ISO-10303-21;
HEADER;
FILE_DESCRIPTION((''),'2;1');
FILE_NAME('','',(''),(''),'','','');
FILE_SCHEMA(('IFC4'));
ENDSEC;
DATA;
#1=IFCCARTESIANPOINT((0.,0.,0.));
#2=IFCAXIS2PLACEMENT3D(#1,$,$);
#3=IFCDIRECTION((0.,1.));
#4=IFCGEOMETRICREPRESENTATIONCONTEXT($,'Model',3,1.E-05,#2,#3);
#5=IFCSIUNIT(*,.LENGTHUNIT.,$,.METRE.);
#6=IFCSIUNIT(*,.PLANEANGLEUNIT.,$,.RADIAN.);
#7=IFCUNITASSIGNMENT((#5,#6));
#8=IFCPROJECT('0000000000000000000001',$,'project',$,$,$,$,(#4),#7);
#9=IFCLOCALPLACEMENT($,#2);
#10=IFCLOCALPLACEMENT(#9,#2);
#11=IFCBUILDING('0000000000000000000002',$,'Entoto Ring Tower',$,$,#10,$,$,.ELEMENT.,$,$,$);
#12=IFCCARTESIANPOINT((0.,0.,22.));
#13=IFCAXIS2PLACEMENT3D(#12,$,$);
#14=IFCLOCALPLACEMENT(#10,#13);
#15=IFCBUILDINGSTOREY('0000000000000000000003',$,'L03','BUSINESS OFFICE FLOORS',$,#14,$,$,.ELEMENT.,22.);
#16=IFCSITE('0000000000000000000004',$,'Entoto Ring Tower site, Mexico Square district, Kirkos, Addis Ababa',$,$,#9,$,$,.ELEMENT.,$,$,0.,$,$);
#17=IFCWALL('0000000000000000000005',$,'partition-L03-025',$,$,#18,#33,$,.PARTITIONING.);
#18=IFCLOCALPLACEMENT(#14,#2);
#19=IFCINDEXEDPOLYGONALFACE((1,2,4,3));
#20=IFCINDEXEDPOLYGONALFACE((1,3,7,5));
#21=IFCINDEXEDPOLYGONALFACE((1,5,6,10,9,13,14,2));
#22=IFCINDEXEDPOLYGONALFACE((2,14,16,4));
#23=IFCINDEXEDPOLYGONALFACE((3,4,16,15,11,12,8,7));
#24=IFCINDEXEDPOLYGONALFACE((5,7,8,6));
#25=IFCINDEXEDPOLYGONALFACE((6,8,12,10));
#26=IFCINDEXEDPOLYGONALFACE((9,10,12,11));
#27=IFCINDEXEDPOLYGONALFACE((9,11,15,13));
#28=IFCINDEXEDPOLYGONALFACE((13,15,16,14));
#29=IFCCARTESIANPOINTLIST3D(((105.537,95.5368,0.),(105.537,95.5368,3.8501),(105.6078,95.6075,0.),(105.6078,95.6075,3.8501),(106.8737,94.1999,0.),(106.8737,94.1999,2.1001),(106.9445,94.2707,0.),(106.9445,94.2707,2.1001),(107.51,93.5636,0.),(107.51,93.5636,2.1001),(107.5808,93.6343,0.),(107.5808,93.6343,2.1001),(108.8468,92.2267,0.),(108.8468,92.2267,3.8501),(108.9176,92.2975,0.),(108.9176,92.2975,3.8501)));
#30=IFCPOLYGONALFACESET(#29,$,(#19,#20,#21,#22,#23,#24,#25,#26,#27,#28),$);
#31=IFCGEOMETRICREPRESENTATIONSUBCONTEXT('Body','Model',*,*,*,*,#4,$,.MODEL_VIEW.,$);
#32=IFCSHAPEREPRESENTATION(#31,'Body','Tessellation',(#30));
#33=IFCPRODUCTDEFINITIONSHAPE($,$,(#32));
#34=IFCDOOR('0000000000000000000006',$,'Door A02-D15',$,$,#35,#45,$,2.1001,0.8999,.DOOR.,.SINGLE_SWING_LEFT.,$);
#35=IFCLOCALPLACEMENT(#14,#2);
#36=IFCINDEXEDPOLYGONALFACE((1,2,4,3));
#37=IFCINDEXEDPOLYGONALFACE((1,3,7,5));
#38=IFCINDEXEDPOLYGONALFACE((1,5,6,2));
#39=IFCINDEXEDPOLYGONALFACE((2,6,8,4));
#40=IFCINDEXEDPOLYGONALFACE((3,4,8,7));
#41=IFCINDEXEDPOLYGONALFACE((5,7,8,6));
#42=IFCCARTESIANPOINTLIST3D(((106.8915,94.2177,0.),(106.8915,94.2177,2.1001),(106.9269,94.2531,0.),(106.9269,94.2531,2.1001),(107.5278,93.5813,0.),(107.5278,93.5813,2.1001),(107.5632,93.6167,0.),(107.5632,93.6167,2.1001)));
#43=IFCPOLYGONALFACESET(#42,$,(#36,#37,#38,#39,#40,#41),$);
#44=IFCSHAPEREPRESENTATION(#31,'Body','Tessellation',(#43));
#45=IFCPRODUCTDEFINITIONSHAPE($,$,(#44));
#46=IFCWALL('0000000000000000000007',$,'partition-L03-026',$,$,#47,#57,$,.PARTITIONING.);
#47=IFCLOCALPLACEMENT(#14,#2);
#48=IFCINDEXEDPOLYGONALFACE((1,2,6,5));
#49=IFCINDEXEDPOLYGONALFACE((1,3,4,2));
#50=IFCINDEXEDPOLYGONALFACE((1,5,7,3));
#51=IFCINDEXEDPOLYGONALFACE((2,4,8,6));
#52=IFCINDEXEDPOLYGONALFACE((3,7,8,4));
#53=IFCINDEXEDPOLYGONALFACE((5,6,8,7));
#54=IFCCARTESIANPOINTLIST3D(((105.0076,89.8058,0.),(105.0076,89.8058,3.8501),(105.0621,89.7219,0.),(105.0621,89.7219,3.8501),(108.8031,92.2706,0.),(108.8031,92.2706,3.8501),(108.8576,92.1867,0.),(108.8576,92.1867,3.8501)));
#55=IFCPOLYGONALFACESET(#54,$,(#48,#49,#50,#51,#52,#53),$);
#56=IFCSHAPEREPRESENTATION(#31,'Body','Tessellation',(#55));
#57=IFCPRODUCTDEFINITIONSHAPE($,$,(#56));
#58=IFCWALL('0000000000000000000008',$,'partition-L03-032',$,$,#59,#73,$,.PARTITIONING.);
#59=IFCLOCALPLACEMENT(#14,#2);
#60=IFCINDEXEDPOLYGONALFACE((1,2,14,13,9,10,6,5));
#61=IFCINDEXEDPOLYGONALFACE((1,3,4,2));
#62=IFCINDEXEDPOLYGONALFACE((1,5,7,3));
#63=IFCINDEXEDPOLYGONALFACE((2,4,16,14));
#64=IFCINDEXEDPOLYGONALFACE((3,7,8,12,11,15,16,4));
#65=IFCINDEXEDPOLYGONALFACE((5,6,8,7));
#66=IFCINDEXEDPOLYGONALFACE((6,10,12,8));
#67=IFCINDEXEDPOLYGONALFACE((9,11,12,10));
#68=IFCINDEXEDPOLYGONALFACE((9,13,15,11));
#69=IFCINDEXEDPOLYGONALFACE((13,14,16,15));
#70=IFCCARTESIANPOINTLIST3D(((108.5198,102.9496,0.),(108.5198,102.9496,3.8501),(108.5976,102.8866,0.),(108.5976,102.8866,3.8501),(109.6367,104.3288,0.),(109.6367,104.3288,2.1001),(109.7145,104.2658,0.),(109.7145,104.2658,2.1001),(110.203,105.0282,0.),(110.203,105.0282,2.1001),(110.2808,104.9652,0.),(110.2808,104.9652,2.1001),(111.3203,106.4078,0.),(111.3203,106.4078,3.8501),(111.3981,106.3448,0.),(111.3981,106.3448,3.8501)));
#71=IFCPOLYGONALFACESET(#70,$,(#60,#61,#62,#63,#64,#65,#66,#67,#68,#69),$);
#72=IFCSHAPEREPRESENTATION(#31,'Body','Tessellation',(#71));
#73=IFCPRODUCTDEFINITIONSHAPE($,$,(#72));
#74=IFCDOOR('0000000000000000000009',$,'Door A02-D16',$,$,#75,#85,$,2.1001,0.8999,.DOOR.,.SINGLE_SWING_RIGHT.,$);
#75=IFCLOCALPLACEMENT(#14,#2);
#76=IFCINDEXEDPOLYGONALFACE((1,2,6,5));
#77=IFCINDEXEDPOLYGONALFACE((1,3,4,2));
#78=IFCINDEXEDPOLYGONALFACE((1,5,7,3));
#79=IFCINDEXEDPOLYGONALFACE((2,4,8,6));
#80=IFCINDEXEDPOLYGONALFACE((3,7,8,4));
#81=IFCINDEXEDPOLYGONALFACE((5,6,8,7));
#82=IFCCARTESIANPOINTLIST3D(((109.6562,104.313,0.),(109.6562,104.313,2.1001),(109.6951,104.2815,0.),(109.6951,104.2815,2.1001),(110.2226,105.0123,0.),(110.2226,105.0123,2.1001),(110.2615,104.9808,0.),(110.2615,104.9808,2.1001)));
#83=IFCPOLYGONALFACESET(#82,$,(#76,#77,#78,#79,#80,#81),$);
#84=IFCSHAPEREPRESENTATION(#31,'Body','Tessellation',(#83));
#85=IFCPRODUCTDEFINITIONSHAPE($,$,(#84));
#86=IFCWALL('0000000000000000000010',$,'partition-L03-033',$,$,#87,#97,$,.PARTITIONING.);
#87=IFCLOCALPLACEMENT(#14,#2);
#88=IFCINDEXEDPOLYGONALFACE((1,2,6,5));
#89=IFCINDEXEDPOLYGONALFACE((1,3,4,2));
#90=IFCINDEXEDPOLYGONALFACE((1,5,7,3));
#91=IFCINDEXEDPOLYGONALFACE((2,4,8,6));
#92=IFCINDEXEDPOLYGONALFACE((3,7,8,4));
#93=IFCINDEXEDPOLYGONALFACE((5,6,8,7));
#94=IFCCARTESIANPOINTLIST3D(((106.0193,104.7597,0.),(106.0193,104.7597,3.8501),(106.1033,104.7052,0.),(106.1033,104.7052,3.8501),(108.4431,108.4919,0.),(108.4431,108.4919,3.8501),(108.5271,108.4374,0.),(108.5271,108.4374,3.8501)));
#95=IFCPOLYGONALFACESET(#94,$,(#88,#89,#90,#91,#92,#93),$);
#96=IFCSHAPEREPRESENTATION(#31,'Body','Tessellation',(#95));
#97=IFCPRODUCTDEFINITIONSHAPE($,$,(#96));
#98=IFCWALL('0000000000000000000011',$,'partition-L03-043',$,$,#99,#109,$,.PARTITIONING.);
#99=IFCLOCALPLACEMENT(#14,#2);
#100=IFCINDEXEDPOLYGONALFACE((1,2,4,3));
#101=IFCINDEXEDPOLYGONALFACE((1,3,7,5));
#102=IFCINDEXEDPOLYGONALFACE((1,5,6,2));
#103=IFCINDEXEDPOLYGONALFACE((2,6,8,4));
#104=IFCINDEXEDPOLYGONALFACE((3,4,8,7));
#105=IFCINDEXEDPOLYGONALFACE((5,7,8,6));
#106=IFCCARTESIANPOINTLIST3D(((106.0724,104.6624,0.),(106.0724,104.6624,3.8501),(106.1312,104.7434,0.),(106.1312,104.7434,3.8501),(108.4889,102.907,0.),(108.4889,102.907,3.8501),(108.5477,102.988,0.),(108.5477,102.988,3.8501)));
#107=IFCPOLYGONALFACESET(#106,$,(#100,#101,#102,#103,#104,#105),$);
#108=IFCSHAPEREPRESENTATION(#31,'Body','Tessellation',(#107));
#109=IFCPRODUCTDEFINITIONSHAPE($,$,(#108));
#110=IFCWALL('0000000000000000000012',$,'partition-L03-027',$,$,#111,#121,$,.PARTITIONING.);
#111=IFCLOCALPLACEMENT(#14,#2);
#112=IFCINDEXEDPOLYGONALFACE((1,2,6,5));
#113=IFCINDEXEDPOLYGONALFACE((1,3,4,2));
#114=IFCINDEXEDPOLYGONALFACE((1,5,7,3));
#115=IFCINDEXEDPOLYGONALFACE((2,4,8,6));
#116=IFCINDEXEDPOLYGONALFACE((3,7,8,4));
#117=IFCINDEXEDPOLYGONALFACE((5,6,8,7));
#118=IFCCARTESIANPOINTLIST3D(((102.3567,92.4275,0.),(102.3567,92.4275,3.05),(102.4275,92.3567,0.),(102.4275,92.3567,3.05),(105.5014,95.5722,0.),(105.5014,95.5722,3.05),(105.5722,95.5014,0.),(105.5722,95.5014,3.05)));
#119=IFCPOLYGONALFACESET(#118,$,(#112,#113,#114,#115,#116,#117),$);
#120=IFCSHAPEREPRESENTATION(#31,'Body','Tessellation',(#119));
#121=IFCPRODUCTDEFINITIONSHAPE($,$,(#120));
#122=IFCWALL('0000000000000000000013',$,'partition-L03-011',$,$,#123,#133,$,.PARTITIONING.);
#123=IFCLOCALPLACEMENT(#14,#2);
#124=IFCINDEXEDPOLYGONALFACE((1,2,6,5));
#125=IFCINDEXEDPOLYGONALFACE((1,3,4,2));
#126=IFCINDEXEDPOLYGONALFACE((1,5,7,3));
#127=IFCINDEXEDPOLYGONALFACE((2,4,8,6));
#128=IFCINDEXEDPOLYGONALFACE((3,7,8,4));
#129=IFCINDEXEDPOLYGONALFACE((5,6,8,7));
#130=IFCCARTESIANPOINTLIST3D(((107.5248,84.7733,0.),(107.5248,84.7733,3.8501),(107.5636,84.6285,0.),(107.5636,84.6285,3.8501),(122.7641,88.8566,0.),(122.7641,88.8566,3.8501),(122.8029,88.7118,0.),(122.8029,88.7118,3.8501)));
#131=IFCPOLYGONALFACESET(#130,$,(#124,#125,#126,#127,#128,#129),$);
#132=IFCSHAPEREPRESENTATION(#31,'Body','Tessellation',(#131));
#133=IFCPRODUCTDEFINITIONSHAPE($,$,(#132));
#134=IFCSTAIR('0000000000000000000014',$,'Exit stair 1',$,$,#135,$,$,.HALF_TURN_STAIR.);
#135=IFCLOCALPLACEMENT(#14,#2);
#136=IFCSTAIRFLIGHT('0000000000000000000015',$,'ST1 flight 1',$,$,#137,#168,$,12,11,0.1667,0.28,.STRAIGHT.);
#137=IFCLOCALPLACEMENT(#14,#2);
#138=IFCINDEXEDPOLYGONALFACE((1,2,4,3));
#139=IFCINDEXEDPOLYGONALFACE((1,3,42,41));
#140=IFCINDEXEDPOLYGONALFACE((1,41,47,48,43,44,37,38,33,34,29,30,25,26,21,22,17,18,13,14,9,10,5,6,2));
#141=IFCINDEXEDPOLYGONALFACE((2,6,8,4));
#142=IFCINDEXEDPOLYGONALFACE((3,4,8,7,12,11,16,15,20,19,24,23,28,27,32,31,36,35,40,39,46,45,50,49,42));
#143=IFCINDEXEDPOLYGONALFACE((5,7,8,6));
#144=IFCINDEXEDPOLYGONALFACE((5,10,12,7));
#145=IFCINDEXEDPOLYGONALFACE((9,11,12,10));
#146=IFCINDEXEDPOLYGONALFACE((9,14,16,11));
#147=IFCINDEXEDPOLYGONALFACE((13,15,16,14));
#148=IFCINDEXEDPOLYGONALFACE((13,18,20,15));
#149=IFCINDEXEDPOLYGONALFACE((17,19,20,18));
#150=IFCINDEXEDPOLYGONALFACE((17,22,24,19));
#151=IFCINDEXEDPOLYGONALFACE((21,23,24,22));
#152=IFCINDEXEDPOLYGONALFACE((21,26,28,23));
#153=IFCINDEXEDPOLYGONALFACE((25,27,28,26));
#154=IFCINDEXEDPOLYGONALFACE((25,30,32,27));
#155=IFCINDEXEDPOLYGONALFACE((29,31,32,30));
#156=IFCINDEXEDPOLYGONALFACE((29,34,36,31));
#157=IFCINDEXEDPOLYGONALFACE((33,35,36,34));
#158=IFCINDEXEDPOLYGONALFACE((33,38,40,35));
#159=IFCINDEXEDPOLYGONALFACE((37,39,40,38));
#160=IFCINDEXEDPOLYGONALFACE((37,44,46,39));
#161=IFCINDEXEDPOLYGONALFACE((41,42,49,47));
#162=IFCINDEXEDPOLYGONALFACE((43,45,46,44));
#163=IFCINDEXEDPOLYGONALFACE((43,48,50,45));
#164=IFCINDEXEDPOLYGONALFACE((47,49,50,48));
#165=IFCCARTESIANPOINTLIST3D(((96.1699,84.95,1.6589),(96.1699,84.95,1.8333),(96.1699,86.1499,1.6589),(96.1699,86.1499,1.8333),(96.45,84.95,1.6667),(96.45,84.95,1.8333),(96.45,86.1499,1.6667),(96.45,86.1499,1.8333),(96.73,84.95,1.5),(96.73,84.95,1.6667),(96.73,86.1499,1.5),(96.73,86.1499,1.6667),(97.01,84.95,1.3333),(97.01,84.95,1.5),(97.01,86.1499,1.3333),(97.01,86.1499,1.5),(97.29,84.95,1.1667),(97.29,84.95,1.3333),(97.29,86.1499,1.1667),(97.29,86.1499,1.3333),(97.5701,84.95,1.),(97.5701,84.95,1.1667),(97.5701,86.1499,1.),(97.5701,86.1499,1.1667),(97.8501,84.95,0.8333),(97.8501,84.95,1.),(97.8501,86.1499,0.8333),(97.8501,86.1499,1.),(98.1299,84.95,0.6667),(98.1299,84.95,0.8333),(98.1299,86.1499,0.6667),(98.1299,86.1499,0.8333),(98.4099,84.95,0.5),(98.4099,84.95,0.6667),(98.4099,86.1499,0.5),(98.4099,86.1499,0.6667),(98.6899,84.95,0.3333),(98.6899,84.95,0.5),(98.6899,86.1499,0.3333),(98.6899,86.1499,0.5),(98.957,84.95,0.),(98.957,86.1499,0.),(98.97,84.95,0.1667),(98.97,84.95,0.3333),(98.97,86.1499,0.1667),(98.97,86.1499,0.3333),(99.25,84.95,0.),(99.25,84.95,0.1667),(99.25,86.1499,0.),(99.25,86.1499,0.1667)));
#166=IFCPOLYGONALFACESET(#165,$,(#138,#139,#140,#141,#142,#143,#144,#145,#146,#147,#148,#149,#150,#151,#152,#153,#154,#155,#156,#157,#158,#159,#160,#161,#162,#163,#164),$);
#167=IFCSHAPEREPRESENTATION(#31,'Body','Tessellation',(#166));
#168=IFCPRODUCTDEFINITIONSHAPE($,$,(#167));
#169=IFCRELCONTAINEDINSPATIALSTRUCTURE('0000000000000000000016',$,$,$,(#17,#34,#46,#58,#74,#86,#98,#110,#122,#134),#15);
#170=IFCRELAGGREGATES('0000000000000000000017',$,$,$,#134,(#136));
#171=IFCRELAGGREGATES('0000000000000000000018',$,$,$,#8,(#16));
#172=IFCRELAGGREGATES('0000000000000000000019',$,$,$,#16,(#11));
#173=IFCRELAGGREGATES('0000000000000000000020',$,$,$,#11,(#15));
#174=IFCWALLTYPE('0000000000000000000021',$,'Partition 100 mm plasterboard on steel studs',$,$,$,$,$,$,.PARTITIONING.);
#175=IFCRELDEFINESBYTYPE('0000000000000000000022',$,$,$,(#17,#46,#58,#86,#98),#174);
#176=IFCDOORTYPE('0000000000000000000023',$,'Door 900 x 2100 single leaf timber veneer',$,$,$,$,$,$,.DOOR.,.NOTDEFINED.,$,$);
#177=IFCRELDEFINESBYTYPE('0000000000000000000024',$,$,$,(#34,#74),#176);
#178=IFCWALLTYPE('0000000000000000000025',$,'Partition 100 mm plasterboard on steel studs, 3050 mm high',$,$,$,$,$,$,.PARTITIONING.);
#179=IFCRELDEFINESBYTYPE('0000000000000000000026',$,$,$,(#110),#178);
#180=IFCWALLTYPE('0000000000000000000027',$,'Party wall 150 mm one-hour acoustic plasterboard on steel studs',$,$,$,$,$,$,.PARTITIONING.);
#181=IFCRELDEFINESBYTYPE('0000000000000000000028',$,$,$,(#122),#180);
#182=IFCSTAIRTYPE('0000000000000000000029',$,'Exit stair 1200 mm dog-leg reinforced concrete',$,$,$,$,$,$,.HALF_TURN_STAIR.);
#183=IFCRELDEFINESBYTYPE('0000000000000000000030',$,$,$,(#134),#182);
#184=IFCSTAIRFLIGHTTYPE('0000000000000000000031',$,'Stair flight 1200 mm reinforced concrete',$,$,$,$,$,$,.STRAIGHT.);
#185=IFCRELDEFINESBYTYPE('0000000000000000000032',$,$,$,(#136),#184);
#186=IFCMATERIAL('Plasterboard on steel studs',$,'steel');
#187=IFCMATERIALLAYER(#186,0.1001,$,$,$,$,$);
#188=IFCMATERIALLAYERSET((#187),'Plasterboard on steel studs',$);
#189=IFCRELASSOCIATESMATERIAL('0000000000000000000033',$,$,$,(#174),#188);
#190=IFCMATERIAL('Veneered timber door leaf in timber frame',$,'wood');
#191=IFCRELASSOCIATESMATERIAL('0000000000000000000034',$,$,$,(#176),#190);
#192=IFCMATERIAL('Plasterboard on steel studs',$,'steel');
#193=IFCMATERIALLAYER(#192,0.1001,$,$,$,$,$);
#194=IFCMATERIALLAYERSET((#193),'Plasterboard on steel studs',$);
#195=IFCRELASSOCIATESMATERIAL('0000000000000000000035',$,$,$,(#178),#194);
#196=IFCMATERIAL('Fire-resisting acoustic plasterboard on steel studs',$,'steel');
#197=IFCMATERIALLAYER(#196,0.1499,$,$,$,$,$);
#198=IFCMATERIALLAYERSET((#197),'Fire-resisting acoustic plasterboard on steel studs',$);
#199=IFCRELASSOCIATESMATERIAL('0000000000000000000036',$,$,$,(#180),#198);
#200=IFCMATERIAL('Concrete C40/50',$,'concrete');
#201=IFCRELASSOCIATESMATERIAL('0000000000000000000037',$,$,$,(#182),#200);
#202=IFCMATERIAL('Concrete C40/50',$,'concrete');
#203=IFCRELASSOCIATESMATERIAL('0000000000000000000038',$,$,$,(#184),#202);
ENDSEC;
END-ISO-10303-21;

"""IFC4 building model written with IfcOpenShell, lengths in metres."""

from ifc_helpers import new_model, si_unit, direction, frame, frame_2d, origin, place, context, subcontext, project, spatial, polyline, rectangle, outline, extrude, material, layer, layer_set, type_object, element, fill, aggregate, save


model = new_model("IFC4")

# Units and contexts
model_context = context("Model", 3, precision=1e-05, world=origin(), true_north=direction((0.0, 1.0)))
body_context = subcontext(model_context, "Body", "Model", "MODEL_VIEW")
ifc_project = project(units=[si_unit("LENGTHUNIT", "METRE"), si_unit("PLANEANGLEUNIT", "RADIAN")], contexts=[model_context])

# Site, building, storey
site_placement = place(None, origin())
site = spatial("IfcSite", under=ifc_project, at=site_placement, Name="Entoto Ring Tower site, Mexico Square district, Kirkos, Addis Ababa", CompositionType="ELEMENT", RefElevation=0.0)
building_placement = place(site_placement, origin())
building = spatial("IfcBuilding", under=site, at=building_placement, Name="Entoto Ring Tower", CompositionType="ELEMENT")
storey_placement = place(building_placement, frame((0.0, 0.0, 22.0)))
storey = spatial("IfcBuildingStorey", under=building, at=storey_placement, Name="L03", Description="BUSINESS OFFICE FLOORS", CompositionType="ELEMENT", Elevation=22.0)

# Wall, opening, door
ifc_material_1 = material(Name="Plasterboard on steel studs", Category="steel")
ifc_layer_1 = layer(ifc_material_1, 0.1001)
ifc_layer_set_1 = layer_set([ifc_layer_1], Name="Plasterboard on steel studs")
wall_type_1 = type_object("IfcWallType", Name="Partition 100 mm plasterboard on steel studs", PredefinedType="PARTITIONING", material=ifc_layer_set_1)
wall_1_placement = place(storey_placement, frame((108.8821, 92.2622, 0.0), z_axis=(0.0, 0.0, 1.0), x_axis=(-0.707081, 0.707133, 0.0)))
wall_1 = element("IfcWall", 1, at=wall_1_placement, inside=storey, type_object=wall_type_1, Name="partition-L03-025", PredefinedType="PARTITIONING", context=body_context, shape_type="SweptSolid", body=[
    extrude(rectangle(XDim=4.6809, YDim=0.1001, at=frame_2d((2.3403, 0.0))), origin(), (0.0, 0.0, 1.0), 3.8501),
])
opening_1_placement = place(wall_1_placement, frame((1.8904, 0.0, 0.0)))
opening_1 = element("IfcOpeningElement", 2, at=opening_1_placement, cuts=wall_1, PredefinedType="OPENING", context=body_context, shape_type="SweptSolid", body=[
    extrude(rectangle(XDim=0.8999, YDim=2.1001, at=frame_2d((0.45, 1.05))), frame((0.0, 0.0601, 0.0), z_axis=(0.0, -1.0, 0.0), x_axis=(1.0, 0.0, 0.0)), (0.0, 0.0, 1.0), 0.1201),
])
ifc_material_2 = material(Name="Veneered timber door leaf in timber frame", Category="wood")
door_type_1 = type_object("IfcDoorType", Name="Door 900 x 2100 single leaf timber veneer", OperationType="NOTDEFINED", PredefinedType="DOOR", material=ifc_material_2)
door_1_placement = place(opening_1_placement, origin())
door_1 = element("IfcDoor", 3, at=door_1_placement, inside=storey, type_object=door_type_1, Name="Door A02-D15", OperationType="SINGLE_SWING_LEFT", OverallHeight=2.1001, OverallWidth=0.8999, PredefinedType="DOOR", context=body_context, shape_type="SweptSolid", body=[
    extrude(rectangle(XDim=0.8999, YDim=2.1001, at=frame_2d((0.45, 1.05))), frame((0.0, 0.0249, 0.0), z_axis=(0.0, -1.0, 0.0), x_axis=(1.0, 0.0, 0.0)), (0.0, 0.0, 1.0), 0.05),
])
fill(opening_1, door_1)

# Wall
wall_2_placement = place(storey_placement, frame((105.0349, 89.7639, 0.0), z_axis=(0.0, 0.0, 1.0), x_axis=(0.838679, 0.544626, 0.0)))
element("IfcWall", 4, at=wall_2_placement, inside=storey, type_object=wall_type_1, Name="partition-L03-026", PredefinedType="PARTITIONING", context=body_context, shape_type="SweptSolid", body=[
    extrude(rectangle(XDim=4.5256, YDim=0.1001, at=frame_2d((2.2627, 0.0))), origin(), (0.0, 0.0, 1.0), 3.8501),
])

# Wall, opening, door
wall_3_placement = place(storey_placement, frame((108.5586, 102.918, 0.0), z_axis=(0.0, 0.0, 1.0), x_axis=(0.629334, 0.777135, 0.0)))
wall_3 = element("IfcWall", 5, at=wall_3_placement, inside=storey, type_object=wall_type_1, Name="partition-L03-032", PredefinedType="PARTITIONING", context=body_context, shape_type="SweptSolid", body=[
    extrude(rectangle(XDim=4.45, YDim=0.1001, at=frame_2d((2.2251, 0.0))), origin(), (0.0, 0.0, 1.0), 3.8501),
])
opening_2_placement = place(wall_3_placement, frame((1.7749, 0.0, 0.0)))
opening_2 = element("IfcOpeningElement", 6, at=opening_2_placement, cuts=wall_3, PredefinedType="OPENING", context=body_context, shape_type="SweptSolid", body=[
    extrude(rectangle(XDim=0.8999, YDim=2.1001, at=frame_2d((0.45, 1.05))), frame((0.0, 0.0601, 0.0), z_axis=(0.0, -1.0, 0.0), x_axis=(1.0, 0.0, 0.0)), (0.0, 0.0, 1.0), 0.1201),
])
door_2_placement = place(opening_2_placement, origin())
door_2 = element("IfcDoor", 7, at=door_2_placement, inside=storey, type_object=door_type_1, Name="Door A02-D16", OperationType="SINGLE_SWING_RIGHT", OverallHeight=2.1001, OverallWidth=0.8999, PredefinedType="DOOR", context=body_context, shape_type="SweptSolid", body=[
    extrude(rectangle(XDim=0.8999, YDim=2.1001, at=frame_2d((0.45, 1.05))), frame((0.0, 0.0249, 0.0), z_axis=(0.0, -1.0, 0.0), x_axis=(1.0, 0.0, 0.0)), (0.0, 0.0, 1.0), 0.05),
])
fill(opening_2, door_2)

# Walls
wall_4_placement = place(storey_placement, frame((106.0613, 104.7324, 0.0), z_axis=(0.0, 0.0, 1.0), x_axis=(0.544659, 0.838658, 0.0)))
element("IfcWall", 8, at=wall_4_placement, inside=storey, type_object=wall_type_1, Name="partition-L03-033", PredefinedType="PARTITIONING", context=body_context, shape_type="SweptSolid", body=[
    extrude(rectangle(XDim=4.4502, YDim=0.1001, at=frame_2d((2.2251, 0.0))), origin(), (0.0, 0.0, 1.0), 3.8501),
])
wall_5_placement = place(storey_placement, frame((108.5183, 102.9475, 0.0), z_axis=(0.0, 0.0, 1.0), x_axis=(-0.809068, 0.587715, 0.0)))
element("IfcWall", 9, at=wall_5_placement, inside=storey, type_object=wall_type_1, Name="partition-L03-043", PredefinedType="PARTITIONING", context=body_context, shape_type="SweptSolid", body=[
    extrude(rectangle(XDim=2.9868, YDim=0.1001, at=frame_2d((1.4934, 0.0))), origin(), (0.0, 0.0, 1.0), 3.8501),
])
ifc_material_3 = material(Name="Plasterboard on steel studs", Category="steel")
ifc_layer_2 = layer(ifc_material_3, 0.1001)
ifc_layer_set_2 = layer_set([ifc_layer_2], Name="Plasterboard on steel studs")
wall_type_2 = type_object("IfcWallType", Name="Partition 100 mm plasterboard on steel studs, 3050 mm high", PredefinedType="PARTITIONING", material=ifc_layer_set_2)
wall_6_placement = place(storey_placement, frame((102.3921, 92.3921, 0.0), z_axis=(0.0, 0.0, 1.0), x_axis=(0.707107, 0.707107, 0.0)))
element("IfcWall", 10, at=wall_6_placement, inside=storey, type_object=wall_type_2, Name="partition-L03-027", PredefinedType="PARTITIONING", context=body_context, shape_type="SweptSolid", body=[
    extrude(rectangle(XDim=4.4473, YDim=0.1001, at=frame_2d((2.2236, 0.0))), origin(), (0.0, 0.0, 1.0), 3.05),
])
ifc_material_4 = material(Name="Fire-resisting acoustic plasterboard on steel studs", Category="steel")
ifc_layer_3 = layer(ifc_material_4, 0.1499)
ifc_layer_set_3 = layer_set([ifc_layer_3], Name="Fire-resisting acoustic plasterboard on steel studs")
wall_type_3 = type_object("IfcWallType", Name="Party wall 150 mm one-hour acoustic plasterboard on steel studs", PredefinedType="PARTITIONING", material=ifc_layer_set_3)
wall_7_placement = place(storey_placement, frame((107.5442, 84.7009, 0.0), z_axis=(0.0, 0.0, 1.0), x_axis=(0.965927, 0.258813, 0.0)))
element("IfcWall", 11, at=wall_7_placement, inside=storey, type_object=wall_type_3, Name="partition-L03-011", PredefinedType="PARTITIONING", context=body_context, shape_type="SweptSolid", body=[
    extrude(rectangle(XDim=15.7769, YDim=0.1499, at=frame_2d((7.8884, 0.0))), origin(), (0.0, 0.0, 1.0), 3.8501),
])

# Stair, stair flight
ifc_material_5 = material(Name="Concrete C40/50", Category="concrete")
stair_type = type_object("IfcStairType", Name="Exit stair 1200 mm dog-leg reinforced concrete", PredefinedType="HALF_TURN_STAIR", material=ifc_material_5)
stair_placement = place(storey_placement, origin())
stair = element("IfcStair", 12, at=stair_placement, inside=storey, type_object=stair_type, Name="Exit stair 1", PredefinedType="HALF_TURN_STAIR")
ifc_material_6 = material(Name="Concrete C40/50", Category="concrete")
stair_flight_type = type_object("IfcStairFlightType", Name="Stair flight 1200 mm reinforced concrete", PredefinedType="STRAIGHT", material=ifc_material_6)
stair_flight_placement = place(storey_placement, frame((99.25, 85.55, 0.0), z_axis=(0.0, 0.0, 1.0), x_axis=(-1.0, 0.0, 0.0)))
stair_flight = element("IfcStairFlight", 13, at=stair_flight_placement, type_object=stair_flight_type, Name="ST1 flight 1", NumberOfRisers=12, NumberOfTreads=11, PredefinedType="STRAIGHT", RiserHeight=0.1667, TreadLength=0.28, context=body_context, shape_type="SweptSolid", body=[
    extrude(outline(polyline([(0.0, 0.0), (0.0, 0.1667), (0.28, 0.1667), (0.28, 0.3333), (0.5601, 0.3333), (0.5601, 0.5), (0.8401, 0.5), (0.8401, 0.6667), (1.1201, 0.6667), (1.1201, 0.8333), (1.3999, 0.8333), (1.3999, 1.0), (1.6799, 1.0), (1.6799, 1.1667), (1.96, 1.1667), (1.96, 1.3333), (2.24, 1.3333), (2.24, 1.5), (2.52, 1.5), (2.52, 1.6667), (2.8, 1.6667), (2.8, 1.8333), (3.0801, 1.8333), (3.0801, 2.0), (3.0801, 1.6589), (0.293, 0.0), (0.0, 0.0)])), frame((0.0, 0.6001, 0.0), z_axis=(0.0, -1.0, 0.0), x_axis=(1.0, 0.0, 0.0)), (0.0, 0.0, 1.0), 1.2),
])
aggregate(stair, [stair_flight])

save(model, "model.ifc")
